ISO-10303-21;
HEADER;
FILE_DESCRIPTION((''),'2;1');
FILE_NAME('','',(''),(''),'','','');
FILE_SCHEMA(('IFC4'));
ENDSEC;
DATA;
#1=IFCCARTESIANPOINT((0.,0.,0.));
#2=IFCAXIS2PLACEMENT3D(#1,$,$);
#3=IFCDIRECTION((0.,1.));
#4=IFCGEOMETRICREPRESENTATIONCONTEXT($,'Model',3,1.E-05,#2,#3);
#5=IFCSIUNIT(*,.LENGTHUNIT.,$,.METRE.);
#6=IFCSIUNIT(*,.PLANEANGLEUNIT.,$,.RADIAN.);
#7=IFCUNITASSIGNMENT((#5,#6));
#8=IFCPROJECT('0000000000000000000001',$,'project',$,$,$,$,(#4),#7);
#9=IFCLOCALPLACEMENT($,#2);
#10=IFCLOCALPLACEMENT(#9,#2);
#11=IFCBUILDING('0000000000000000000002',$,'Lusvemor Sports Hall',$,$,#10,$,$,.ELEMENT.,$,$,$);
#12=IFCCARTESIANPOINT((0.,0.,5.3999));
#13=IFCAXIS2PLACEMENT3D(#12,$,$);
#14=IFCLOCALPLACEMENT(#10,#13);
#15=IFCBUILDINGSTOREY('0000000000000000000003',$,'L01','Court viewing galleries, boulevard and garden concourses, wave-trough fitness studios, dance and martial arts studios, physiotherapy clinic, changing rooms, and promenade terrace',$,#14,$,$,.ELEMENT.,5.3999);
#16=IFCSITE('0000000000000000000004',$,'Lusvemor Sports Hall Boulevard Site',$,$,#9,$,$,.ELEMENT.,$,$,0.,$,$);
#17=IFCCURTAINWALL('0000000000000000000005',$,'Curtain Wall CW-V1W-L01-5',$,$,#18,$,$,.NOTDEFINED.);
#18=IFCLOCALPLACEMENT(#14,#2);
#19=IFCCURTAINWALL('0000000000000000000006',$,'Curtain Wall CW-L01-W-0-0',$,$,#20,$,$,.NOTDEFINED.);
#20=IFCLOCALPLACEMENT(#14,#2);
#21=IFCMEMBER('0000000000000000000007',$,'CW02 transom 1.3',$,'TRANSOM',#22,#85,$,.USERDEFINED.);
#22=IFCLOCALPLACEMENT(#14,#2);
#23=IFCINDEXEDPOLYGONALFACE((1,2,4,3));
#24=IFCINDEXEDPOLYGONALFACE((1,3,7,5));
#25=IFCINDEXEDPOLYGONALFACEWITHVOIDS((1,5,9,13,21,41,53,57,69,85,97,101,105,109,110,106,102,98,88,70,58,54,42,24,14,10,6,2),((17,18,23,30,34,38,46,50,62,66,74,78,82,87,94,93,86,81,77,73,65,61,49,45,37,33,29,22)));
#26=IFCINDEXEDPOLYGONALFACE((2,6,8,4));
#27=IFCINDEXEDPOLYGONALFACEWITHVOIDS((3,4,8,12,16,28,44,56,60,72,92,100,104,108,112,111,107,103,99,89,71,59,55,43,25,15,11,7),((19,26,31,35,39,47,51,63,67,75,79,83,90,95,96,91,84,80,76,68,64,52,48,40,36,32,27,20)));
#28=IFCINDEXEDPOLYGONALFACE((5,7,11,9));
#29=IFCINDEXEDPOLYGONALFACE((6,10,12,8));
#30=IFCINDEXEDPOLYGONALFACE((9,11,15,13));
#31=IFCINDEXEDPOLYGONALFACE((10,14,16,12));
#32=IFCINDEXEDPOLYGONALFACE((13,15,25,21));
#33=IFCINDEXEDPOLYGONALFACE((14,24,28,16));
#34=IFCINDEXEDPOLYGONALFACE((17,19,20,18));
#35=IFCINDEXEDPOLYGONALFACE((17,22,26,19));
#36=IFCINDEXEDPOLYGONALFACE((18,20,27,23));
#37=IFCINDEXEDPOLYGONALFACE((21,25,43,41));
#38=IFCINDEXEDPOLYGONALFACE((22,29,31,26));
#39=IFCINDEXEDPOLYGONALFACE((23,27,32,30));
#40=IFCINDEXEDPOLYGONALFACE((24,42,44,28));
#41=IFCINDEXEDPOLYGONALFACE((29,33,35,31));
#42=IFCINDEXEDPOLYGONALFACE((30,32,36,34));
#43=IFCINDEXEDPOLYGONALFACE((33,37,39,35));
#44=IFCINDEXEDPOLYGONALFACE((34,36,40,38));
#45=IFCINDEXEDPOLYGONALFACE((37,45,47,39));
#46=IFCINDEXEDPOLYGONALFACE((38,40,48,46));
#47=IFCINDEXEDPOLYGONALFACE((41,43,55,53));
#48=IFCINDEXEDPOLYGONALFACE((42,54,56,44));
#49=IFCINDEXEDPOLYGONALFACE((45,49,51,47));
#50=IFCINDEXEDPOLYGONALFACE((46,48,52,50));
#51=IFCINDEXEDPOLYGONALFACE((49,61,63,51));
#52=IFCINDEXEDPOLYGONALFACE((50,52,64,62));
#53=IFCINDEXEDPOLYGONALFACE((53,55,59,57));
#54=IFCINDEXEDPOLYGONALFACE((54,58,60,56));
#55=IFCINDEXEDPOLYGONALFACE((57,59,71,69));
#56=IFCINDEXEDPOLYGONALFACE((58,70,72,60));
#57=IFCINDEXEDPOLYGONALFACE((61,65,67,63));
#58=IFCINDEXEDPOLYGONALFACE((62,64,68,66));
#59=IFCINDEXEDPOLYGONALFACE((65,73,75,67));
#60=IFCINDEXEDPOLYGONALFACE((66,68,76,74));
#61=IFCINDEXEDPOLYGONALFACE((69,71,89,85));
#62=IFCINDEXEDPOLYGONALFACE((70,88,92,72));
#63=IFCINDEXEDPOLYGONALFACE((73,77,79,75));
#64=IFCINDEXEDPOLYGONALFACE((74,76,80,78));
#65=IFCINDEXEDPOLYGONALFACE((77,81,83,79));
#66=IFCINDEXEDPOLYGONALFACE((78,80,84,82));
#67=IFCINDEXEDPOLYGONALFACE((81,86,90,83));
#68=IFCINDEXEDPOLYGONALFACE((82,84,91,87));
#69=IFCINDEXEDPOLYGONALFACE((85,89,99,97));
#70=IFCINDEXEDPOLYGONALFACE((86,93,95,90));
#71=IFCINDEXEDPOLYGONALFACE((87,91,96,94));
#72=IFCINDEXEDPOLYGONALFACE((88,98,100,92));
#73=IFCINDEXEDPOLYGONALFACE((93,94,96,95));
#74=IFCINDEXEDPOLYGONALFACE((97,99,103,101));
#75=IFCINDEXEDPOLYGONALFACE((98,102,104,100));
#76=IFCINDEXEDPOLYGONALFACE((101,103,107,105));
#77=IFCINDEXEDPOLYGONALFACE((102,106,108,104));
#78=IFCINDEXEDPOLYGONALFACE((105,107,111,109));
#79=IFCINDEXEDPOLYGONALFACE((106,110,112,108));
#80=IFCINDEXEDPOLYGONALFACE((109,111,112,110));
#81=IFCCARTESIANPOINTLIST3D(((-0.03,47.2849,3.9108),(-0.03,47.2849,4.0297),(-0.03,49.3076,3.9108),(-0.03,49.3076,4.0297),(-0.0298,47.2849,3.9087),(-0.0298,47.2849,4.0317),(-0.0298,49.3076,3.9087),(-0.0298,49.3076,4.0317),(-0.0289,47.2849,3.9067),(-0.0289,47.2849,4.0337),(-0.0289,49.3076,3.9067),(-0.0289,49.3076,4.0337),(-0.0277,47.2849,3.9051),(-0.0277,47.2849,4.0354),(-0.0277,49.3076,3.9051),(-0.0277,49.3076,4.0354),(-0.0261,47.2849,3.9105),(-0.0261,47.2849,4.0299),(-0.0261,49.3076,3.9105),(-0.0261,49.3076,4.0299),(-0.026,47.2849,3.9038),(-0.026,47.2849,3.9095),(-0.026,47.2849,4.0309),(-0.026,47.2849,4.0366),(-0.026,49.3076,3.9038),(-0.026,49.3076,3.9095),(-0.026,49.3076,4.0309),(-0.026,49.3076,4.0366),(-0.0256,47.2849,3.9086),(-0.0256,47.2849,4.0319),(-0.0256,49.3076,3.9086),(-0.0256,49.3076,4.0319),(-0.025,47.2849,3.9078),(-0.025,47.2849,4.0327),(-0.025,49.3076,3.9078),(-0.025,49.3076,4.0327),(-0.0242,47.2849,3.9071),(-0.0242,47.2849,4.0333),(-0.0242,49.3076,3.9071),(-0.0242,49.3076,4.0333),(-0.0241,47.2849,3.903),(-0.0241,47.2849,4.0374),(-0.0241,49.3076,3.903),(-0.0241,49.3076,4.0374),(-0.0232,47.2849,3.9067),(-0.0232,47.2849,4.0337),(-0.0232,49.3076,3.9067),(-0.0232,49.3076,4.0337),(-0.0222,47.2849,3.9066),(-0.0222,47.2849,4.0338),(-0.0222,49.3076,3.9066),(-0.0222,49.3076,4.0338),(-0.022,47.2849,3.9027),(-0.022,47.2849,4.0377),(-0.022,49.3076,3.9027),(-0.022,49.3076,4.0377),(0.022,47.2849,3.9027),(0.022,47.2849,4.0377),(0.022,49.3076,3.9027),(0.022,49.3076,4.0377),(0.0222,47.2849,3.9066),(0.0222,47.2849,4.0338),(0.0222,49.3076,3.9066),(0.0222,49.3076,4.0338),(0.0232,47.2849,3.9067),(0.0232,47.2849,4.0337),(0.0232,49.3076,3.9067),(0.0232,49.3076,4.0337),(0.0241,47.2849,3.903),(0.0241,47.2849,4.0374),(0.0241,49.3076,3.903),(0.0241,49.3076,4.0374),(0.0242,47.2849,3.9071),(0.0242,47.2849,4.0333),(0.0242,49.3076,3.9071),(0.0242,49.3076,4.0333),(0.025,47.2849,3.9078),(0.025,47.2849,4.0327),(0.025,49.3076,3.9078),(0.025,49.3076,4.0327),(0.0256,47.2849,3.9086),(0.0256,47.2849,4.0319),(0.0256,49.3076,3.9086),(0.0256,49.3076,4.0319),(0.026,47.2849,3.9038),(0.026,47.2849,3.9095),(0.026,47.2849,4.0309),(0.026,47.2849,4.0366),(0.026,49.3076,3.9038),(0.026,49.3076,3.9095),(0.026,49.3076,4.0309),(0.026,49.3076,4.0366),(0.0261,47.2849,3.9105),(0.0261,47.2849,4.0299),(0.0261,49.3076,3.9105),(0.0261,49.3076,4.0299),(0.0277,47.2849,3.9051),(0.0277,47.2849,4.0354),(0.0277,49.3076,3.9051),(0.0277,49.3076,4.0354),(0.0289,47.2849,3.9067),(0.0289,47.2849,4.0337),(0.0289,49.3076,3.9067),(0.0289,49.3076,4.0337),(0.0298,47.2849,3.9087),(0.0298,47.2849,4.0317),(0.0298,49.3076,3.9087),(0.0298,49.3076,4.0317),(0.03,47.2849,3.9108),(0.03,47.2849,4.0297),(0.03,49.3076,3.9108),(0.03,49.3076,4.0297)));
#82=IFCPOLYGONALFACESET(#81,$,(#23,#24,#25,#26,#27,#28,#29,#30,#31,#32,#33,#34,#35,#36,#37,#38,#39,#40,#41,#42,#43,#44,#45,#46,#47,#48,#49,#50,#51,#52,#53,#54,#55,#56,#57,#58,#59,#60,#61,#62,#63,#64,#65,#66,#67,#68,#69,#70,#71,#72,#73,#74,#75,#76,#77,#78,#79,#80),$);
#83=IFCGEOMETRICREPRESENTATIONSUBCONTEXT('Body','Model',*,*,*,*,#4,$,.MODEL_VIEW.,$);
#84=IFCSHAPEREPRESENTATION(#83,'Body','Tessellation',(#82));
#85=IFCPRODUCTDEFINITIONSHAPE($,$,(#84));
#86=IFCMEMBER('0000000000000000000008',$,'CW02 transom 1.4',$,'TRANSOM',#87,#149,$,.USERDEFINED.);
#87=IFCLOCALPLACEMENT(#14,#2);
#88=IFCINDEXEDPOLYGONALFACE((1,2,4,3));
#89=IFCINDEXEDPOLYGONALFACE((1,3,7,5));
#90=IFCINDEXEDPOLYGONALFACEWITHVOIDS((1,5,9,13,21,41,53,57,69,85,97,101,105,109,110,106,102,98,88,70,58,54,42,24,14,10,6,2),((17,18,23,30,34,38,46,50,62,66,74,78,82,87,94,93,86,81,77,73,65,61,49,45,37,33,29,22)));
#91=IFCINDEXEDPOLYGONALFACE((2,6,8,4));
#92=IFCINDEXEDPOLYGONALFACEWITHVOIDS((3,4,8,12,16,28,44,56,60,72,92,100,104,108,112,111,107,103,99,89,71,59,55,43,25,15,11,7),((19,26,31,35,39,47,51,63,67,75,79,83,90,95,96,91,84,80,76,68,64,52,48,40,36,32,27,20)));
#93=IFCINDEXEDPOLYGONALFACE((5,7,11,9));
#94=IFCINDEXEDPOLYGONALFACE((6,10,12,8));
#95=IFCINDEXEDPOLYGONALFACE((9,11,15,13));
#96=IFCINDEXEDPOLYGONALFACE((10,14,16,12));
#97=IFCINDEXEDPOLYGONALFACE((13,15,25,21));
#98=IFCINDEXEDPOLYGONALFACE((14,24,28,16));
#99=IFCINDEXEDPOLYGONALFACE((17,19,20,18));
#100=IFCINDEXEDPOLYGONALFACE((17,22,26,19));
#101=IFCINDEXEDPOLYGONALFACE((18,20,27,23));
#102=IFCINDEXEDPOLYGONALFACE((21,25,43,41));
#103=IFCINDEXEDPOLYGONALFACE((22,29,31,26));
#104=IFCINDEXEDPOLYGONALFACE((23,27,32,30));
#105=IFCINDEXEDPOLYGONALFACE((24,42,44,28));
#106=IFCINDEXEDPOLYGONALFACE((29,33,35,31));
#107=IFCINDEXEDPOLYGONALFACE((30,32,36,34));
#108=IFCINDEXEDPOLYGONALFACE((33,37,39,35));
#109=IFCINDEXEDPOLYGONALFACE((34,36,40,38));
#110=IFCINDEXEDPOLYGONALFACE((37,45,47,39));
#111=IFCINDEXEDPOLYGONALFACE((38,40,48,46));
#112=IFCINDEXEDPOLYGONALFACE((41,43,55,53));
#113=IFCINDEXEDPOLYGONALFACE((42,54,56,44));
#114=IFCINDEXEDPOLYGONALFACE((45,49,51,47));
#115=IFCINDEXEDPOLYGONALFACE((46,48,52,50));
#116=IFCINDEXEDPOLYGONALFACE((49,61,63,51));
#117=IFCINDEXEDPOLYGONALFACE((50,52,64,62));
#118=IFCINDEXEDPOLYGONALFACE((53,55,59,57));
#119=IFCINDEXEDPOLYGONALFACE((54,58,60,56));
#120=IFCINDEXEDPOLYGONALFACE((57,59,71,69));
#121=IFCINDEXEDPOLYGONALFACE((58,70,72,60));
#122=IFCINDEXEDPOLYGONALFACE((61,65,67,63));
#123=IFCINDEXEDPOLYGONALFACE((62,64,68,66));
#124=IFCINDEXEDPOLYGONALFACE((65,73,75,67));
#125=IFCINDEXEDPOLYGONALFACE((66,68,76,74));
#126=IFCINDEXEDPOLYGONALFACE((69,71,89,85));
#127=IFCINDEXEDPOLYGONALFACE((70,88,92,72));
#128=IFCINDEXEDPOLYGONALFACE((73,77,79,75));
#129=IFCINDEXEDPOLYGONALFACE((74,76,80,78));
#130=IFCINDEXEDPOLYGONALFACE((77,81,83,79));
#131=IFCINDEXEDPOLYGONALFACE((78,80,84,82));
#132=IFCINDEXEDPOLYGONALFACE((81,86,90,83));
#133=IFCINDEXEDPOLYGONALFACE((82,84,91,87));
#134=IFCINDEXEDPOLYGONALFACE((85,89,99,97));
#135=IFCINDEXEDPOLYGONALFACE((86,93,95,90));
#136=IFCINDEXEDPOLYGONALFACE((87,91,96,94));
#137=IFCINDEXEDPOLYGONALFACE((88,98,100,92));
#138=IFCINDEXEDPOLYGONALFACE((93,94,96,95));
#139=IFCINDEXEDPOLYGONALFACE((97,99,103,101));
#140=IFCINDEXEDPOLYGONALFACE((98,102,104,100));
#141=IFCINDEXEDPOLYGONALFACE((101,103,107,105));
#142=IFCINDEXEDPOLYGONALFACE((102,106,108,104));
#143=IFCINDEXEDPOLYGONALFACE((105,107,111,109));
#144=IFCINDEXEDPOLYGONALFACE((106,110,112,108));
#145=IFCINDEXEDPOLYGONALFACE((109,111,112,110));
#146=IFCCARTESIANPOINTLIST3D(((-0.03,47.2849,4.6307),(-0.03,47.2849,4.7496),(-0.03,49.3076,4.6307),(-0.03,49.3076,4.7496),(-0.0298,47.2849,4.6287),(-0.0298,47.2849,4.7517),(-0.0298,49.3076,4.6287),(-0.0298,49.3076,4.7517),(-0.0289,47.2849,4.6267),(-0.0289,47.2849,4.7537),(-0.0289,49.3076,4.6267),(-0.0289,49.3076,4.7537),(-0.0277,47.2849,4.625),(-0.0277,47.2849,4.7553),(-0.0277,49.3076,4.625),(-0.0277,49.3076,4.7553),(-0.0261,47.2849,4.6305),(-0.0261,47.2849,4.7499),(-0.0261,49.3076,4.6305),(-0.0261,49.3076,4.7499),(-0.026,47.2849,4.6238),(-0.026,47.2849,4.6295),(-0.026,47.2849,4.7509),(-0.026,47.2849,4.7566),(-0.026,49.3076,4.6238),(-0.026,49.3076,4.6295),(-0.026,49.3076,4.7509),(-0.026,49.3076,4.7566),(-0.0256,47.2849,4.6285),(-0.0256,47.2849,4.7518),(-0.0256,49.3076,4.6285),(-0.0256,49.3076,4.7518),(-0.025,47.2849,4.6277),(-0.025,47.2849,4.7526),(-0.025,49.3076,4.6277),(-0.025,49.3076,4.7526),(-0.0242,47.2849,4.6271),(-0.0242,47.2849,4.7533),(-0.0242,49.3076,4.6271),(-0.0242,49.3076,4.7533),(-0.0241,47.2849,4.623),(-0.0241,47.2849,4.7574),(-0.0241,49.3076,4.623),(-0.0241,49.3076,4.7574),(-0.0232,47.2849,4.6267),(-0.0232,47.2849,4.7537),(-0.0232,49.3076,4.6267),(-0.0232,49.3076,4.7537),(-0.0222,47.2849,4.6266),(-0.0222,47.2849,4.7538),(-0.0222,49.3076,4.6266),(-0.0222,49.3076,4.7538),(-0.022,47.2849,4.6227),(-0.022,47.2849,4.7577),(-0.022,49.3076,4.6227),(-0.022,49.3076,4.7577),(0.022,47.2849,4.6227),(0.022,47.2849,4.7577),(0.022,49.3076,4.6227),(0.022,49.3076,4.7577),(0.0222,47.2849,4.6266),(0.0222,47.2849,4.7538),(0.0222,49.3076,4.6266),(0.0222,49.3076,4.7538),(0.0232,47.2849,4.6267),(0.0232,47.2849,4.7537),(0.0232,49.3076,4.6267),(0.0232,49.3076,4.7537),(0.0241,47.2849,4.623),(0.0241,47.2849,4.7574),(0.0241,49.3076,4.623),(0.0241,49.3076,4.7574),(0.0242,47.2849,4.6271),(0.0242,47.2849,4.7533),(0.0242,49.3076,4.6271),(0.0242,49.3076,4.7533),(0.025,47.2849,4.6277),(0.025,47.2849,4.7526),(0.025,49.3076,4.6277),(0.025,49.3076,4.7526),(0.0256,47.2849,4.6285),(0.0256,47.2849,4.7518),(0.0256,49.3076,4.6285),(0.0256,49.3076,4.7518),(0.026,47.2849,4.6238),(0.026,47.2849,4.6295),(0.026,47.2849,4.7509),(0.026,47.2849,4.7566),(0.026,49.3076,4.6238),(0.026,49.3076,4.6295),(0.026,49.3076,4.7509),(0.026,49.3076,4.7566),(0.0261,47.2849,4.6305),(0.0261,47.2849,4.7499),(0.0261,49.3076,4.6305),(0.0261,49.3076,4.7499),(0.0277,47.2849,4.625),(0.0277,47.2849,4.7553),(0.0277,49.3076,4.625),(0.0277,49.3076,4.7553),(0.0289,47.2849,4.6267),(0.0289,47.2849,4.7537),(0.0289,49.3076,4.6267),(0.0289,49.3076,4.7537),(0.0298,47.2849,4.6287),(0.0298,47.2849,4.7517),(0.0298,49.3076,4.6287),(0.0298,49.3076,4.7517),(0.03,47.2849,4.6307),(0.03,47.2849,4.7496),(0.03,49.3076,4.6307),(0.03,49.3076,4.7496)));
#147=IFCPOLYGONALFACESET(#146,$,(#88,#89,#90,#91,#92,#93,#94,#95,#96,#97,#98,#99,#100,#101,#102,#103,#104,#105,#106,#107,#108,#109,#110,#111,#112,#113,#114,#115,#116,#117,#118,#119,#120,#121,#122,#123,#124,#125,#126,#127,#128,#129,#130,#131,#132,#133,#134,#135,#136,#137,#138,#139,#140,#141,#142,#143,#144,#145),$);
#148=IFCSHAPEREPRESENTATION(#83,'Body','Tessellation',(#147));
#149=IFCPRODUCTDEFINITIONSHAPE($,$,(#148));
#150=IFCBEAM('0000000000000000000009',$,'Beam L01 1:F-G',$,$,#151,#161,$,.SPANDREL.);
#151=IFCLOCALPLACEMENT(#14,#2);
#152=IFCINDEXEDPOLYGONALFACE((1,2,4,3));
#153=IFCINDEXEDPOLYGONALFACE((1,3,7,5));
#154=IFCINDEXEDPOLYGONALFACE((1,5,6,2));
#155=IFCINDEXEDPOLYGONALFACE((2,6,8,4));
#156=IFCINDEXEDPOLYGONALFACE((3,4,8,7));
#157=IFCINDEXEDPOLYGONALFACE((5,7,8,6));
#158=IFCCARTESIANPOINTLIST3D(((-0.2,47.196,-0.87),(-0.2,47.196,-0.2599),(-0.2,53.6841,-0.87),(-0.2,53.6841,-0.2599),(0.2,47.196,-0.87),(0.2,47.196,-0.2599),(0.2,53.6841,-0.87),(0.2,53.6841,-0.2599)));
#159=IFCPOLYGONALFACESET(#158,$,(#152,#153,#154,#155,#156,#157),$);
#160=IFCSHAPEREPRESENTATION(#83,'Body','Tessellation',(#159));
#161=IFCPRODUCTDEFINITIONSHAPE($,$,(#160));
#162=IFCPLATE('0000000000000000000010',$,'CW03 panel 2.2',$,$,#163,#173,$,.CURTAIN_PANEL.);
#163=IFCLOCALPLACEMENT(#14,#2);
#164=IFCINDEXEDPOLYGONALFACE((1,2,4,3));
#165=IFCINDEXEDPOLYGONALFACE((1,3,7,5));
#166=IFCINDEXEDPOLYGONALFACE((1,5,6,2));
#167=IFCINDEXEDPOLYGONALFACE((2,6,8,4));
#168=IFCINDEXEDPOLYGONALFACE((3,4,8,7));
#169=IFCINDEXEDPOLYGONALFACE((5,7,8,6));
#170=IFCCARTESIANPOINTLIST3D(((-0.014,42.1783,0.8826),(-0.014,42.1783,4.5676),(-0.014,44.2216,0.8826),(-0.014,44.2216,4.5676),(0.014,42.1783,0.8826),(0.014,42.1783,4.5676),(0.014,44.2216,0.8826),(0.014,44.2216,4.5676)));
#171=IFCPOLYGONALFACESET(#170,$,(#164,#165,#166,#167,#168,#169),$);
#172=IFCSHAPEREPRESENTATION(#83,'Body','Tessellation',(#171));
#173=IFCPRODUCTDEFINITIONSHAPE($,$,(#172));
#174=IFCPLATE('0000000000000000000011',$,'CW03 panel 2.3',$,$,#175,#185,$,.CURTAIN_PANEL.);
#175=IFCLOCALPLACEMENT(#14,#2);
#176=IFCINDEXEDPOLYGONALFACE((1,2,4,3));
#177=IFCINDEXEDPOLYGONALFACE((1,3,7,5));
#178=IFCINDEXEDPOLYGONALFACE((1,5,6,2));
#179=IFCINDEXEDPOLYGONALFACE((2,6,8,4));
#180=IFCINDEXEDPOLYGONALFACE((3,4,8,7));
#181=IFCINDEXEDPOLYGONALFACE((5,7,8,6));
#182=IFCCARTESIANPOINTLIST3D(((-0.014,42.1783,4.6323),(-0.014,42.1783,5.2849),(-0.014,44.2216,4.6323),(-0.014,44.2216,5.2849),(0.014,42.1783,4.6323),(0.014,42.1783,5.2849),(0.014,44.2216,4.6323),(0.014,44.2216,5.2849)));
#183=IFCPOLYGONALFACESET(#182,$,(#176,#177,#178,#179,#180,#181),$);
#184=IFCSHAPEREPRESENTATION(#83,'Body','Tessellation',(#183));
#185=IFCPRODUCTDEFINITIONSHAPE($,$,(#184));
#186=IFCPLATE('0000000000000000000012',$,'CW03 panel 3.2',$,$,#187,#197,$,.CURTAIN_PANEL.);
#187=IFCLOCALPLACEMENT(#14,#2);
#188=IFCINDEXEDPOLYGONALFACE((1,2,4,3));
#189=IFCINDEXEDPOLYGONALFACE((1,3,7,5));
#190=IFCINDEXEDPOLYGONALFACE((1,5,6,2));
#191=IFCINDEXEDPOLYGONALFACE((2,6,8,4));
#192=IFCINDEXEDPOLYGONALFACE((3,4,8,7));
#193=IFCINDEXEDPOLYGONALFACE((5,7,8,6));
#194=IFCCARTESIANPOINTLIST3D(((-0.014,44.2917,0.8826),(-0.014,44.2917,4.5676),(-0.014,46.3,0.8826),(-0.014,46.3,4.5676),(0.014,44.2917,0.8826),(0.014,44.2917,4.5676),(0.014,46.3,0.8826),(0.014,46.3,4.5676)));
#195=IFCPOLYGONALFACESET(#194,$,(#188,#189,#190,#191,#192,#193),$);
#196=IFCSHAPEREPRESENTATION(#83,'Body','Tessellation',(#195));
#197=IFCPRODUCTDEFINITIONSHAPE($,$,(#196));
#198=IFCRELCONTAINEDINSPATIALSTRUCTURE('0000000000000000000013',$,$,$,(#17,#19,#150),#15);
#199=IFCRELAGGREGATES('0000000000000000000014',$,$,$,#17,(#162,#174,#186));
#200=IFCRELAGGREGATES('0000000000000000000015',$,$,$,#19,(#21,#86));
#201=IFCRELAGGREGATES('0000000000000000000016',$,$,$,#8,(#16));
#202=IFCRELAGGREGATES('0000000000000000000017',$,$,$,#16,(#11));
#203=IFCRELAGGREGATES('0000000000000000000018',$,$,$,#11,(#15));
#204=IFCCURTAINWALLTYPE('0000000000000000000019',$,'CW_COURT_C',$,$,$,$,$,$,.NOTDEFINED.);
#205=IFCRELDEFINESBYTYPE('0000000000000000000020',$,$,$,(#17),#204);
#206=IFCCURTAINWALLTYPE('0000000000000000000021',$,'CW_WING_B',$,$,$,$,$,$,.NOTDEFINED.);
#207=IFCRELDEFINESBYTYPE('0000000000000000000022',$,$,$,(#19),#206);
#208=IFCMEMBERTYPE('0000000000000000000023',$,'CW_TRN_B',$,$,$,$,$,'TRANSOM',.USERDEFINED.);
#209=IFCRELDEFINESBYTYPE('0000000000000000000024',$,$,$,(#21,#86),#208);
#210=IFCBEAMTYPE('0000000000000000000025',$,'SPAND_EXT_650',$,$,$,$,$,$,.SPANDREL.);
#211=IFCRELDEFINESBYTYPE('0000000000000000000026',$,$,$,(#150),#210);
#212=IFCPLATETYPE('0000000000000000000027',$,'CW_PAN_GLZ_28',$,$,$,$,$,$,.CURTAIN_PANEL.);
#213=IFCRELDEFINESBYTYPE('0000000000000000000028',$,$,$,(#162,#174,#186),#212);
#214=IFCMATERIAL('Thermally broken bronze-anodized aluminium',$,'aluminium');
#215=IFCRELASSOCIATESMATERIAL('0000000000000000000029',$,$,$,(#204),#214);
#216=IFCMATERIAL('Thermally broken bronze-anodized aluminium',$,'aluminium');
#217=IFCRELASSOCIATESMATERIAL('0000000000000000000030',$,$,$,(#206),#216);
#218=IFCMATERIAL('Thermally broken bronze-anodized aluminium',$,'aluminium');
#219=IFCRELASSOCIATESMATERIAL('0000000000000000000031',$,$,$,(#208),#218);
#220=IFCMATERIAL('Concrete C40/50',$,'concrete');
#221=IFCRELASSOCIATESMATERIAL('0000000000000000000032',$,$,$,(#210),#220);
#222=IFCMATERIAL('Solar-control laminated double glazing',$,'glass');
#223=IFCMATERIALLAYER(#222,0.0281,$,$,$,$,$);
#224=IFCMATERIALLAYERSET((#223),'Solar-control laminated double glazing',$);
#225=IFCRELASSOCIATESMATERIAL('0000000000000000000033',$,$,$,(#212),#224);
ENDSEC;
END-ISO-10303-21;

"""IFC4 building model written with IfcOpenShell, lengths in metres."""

from ifc_helpers import new_model, si_unit, direction, frame, origin, origin_2d, place, context, subcontext, project, spatial, rectangle, hollow_rectangle, extrude, material, layer, layer_set, material_profile, profile_set, type_object, element, aggregate, save


model = new_model("IFC4")

# Units and contexts
model_context = context("Model", 3, precision=1e-05, world=origin(), true_north=direction((0.0, 1.0)))
body_context = subcontext(model_context, "Body", "Model", "MODEL_VIEW")
ifc_project = project(units=[si_unit("LENGTHUNIT", "METRE"), si_unit("PLANEANGLEUNIT", "RADIAN")], contexts=[model_context])

# Site, building, storey
site_placement = place(None, origin())
site = spatial("IfcSite", under=ifc_project, at=site_placement, Name="Lusvemor Sports Hall Boulevard Site", CompositionType="ELEMENT", RefElevation=0.0)
building_placement = place(site_placement, origin())
building = spatial("IfcBuilding", under=site, at=building_placement, Name="Lusvemor Sports Hall", CompositionType="ELEMENT")
storey_placement = place(building_placement, frame((0.0, 0.0, 5.3999)))
storey = spatial("IfcBuildingStorey", under=building, at=storey_placement, Name="L01", Description="Court viewing galleries, boulevard and garden concourses, wave-trough fitness studios, dance and martial arts studios, physiotherapy clinic, changing rooms, and promenade terrace", CompositionType="ELEMENT", Elevation=5.3999)

# Curtain wall
ifc_material_1 = material(Name="Thermally broken bronze-anodized aluminium", Category="aluminium")
curtain_wall_type_1 = type_object("IfcCurtainWallType", Name="CW_COURT_C", PredefinedType="NOTDEFINED", material=ifc_material_1)
curtain_wall_1_placement = place(storey_placement, origin())
curtain_wall_1 = element("IfcCurtainWall", 1, at=curtain_wall_1_placement, inside=storey, type_object=curtain_wall_type_1, Name="Curtain Wall CW-V1W-L01-5", PredefinedType="NOTDEFINED")

# Curtain wall
ifc_material_2 = material(Name="Thermally broken bronze-anodized aluminium", Category="aluminium")
curtain_wall_type_2 = type_object("IfcCurtainWallType", Name="CW_WING_B", PredefinedType="NOTDEFINED", material=ifc_material_2)
curtain_wall_2_placement = place(storey_placement, origin())
curtain_wall_2 = element("IfcCurtainWall", 2, at=curtain_wall_2_placement, inside=storey, type_object=curtain_wall_type_2, Name="Curtain Wall CW-L01-W-0-0", PredefinedType="NOTDEFINED")

# Members
ifc_material_3 = material(Name="Thermally broken bronze-anodized aluminium", Category="aluminium")
ifc_material_profile_1 = material_profile(ifc_material_3, hollow_rectangle(XDim=0.0601, YDim=0.135, WallThickness=0.0039, InnerFilletRadius=0.0039, OuterFilletRadius=0.0081, at=origin_2d()), Name="CWTRN135x60x4")
ifc_profile_set_1 = profile_set([ifc_material_profile_1], Name="Thermally broken bronze-anodized aluminium")
member_type_1 = type_object("IfcMemberType", Name="CW_TRN_B", ElementType="TRANSOM", PredefinedType="USERDEFINED", material=ifc_profile_set_1)
member_1_placement = place(storey_placement, frame((0.0, 47.2849, 3.9702), z_axis=(0.0, 1.0, 0.0), x_axis=(-1.0, 0.0, 0.0)))
member_1 = element("IfcMember", 3, at=member_1_placement, type_object=member_type_1, Name="CW02 transom 1.3", ObjectType="TRANSOM", PredefinedType="USERDEFINED", context=body_context, shape_type="SweptSolid", body=[
    extrude(hollow_rectangle(XDim=0.0601, YDim=0.135, WallThickness=0.0039, InnerFilletRadius=0.0039, OuterFilletRadius=0.0081, at=origin_2d()), origin(), (0.0, 0.0, 1.0), 2.0227),
])
member_2_placement = place(storey_placement, frame((0.0, 47.2849, 4.6902), z_axis=(0.0, 1.0, 0.0), x_axis=(-1.0, 0.0, 0.0)))
member_2 = element("IfcMember", 4, at=member_2_placement, type_object=member_type_1, Name="CW02 transom 1.4", ObjectType="TRANSOM", PredefinedType="USERDEFINED", context=body_context, shape_type="SweptSolid", body=[
    extrude(hollow_rectangle(XDim=0.0601, YDim=0.135, WallThickness=0.0039, InnerFilletRadius=0.0039, OuterFilletRadius=0.0081, at=origin_2d()), origin(), (0.0, 0.0, 1.0), 2.0227),
])

# Beam
ifc_material_4 = material(Name="Concrete C40/50", Category="concrete")
ifc_material_profile_2 = material_profile(ifc_material_4, rectangle(XDim=0.3999, YDim=0.6101, at=origin_2d()), Name="RC400x610")
ifc_profile_set_2 = profile_set([ifc_material_profile_2], Name="Concrete C40/50")
beam_type = type_object("IfcBeamType", Name="SPAND_EXT_650", PredefinedType="SPANDREL", material=ifc_profile_set_2)
beam_placement = place(storey_placement, frame((0.0, 47.196, -0.5649), z_axis=(0.0, 1.0, 0.0), x_axis=(-1.0, 0.0, 0.0)))
element("IfcBeam", 5, at=beam_placement, inside=storey, type_object=beam_type, Name="Beam L01 1:F-G", PredefinedType="SPANDREL", context=body_context, shape_type="SweptSolid", body=[
    extrude(rectangle(XDim=0.3999, YDim=0.6101, at=origin_2d()), origin(), (0.0, 0.0, 1.0), 6.488),
])

# Plates
ifc_material_5 = material(Name="Solar-control laminated double glazing", Category="glass")
ifc_layer_1 = layer(ifc_material_5, 0.0281)
ifc_layer_set_1 = layer_set([ifc_layer_1], Name="Solar-control laminated double glazing")
plate_type_1 = type_object("IfcPlateType", Name="CW_PAN_GLZ_28", PredefinedType="CURTAIN_PANEL", material=ifc_layer_set_1)
plate_1_placement = place(storey_placement, frame((0.0, 43.2, 0.8826), z_axis=(0.0, 0.0, 1.0), x_axis=(0.0, 1.0, 0.0)))
plate_1 = element("IfcPlate", 6, at=plate_1_placement, type_object=plate_type_1, Name="CW03 panel 2.2", PredefinedType="CURTAIN_PANEL", context=body_context, shape_type="SweptSolid", body=[
    extrude(rectangle(XDim=2.0432, YDim=0.0281, at=origin_2d()), origin(), (0.0, 0.0, 1.0), 3.6851),
])
plate_2_placement = place(storey_placement, frame((0.0, 43.2, 4.6323), z_axis=(0.0, 0.0, 1.0), x_axis=(0.0, 1.0, 0.0)))
plate_2 = element("IfcPlate", 7, at=plate_2_placement, type_object=plate_type_1, Name="CW03 panel 2.3", PredefinedType="CURTAIN_PANEL", context=body_context, shape_type="SweptSolid", body=[
    extrude(rectangle(XDim=2.0432, YDim=0.0281, at=origin_2d()), origin(), (0.0, 0.0, 1.0), 0.6526),
])
plate_3_placement = place(storey_placement, frame((0.0, 45.2959, 0.8826), z_axis=(0.0, 0.0, 1.0), x_axis=(0.0, 1.0, 0.0)))
plate_3 = element("IfcPlate", 8, at=plate_3_placement, type_object=plate_type_1, Name="CW03 panel 3.2", PredefinedType="CURTAIN_PANEL", context=body_context, shape_type="SweptSolid", body=[
    extrude(rectangle(XDim=2.0083, YDim=0.0281, at=origin_2d()), origin(), (0.0, 0.0, 1.0), 3.6851),
])
aggregate(curtain_wall_1, [plate_1, plate_2, plate_3])
aggregate(curtain_wall_2, [member_1, member_2])

save(model, "model.ifc")
